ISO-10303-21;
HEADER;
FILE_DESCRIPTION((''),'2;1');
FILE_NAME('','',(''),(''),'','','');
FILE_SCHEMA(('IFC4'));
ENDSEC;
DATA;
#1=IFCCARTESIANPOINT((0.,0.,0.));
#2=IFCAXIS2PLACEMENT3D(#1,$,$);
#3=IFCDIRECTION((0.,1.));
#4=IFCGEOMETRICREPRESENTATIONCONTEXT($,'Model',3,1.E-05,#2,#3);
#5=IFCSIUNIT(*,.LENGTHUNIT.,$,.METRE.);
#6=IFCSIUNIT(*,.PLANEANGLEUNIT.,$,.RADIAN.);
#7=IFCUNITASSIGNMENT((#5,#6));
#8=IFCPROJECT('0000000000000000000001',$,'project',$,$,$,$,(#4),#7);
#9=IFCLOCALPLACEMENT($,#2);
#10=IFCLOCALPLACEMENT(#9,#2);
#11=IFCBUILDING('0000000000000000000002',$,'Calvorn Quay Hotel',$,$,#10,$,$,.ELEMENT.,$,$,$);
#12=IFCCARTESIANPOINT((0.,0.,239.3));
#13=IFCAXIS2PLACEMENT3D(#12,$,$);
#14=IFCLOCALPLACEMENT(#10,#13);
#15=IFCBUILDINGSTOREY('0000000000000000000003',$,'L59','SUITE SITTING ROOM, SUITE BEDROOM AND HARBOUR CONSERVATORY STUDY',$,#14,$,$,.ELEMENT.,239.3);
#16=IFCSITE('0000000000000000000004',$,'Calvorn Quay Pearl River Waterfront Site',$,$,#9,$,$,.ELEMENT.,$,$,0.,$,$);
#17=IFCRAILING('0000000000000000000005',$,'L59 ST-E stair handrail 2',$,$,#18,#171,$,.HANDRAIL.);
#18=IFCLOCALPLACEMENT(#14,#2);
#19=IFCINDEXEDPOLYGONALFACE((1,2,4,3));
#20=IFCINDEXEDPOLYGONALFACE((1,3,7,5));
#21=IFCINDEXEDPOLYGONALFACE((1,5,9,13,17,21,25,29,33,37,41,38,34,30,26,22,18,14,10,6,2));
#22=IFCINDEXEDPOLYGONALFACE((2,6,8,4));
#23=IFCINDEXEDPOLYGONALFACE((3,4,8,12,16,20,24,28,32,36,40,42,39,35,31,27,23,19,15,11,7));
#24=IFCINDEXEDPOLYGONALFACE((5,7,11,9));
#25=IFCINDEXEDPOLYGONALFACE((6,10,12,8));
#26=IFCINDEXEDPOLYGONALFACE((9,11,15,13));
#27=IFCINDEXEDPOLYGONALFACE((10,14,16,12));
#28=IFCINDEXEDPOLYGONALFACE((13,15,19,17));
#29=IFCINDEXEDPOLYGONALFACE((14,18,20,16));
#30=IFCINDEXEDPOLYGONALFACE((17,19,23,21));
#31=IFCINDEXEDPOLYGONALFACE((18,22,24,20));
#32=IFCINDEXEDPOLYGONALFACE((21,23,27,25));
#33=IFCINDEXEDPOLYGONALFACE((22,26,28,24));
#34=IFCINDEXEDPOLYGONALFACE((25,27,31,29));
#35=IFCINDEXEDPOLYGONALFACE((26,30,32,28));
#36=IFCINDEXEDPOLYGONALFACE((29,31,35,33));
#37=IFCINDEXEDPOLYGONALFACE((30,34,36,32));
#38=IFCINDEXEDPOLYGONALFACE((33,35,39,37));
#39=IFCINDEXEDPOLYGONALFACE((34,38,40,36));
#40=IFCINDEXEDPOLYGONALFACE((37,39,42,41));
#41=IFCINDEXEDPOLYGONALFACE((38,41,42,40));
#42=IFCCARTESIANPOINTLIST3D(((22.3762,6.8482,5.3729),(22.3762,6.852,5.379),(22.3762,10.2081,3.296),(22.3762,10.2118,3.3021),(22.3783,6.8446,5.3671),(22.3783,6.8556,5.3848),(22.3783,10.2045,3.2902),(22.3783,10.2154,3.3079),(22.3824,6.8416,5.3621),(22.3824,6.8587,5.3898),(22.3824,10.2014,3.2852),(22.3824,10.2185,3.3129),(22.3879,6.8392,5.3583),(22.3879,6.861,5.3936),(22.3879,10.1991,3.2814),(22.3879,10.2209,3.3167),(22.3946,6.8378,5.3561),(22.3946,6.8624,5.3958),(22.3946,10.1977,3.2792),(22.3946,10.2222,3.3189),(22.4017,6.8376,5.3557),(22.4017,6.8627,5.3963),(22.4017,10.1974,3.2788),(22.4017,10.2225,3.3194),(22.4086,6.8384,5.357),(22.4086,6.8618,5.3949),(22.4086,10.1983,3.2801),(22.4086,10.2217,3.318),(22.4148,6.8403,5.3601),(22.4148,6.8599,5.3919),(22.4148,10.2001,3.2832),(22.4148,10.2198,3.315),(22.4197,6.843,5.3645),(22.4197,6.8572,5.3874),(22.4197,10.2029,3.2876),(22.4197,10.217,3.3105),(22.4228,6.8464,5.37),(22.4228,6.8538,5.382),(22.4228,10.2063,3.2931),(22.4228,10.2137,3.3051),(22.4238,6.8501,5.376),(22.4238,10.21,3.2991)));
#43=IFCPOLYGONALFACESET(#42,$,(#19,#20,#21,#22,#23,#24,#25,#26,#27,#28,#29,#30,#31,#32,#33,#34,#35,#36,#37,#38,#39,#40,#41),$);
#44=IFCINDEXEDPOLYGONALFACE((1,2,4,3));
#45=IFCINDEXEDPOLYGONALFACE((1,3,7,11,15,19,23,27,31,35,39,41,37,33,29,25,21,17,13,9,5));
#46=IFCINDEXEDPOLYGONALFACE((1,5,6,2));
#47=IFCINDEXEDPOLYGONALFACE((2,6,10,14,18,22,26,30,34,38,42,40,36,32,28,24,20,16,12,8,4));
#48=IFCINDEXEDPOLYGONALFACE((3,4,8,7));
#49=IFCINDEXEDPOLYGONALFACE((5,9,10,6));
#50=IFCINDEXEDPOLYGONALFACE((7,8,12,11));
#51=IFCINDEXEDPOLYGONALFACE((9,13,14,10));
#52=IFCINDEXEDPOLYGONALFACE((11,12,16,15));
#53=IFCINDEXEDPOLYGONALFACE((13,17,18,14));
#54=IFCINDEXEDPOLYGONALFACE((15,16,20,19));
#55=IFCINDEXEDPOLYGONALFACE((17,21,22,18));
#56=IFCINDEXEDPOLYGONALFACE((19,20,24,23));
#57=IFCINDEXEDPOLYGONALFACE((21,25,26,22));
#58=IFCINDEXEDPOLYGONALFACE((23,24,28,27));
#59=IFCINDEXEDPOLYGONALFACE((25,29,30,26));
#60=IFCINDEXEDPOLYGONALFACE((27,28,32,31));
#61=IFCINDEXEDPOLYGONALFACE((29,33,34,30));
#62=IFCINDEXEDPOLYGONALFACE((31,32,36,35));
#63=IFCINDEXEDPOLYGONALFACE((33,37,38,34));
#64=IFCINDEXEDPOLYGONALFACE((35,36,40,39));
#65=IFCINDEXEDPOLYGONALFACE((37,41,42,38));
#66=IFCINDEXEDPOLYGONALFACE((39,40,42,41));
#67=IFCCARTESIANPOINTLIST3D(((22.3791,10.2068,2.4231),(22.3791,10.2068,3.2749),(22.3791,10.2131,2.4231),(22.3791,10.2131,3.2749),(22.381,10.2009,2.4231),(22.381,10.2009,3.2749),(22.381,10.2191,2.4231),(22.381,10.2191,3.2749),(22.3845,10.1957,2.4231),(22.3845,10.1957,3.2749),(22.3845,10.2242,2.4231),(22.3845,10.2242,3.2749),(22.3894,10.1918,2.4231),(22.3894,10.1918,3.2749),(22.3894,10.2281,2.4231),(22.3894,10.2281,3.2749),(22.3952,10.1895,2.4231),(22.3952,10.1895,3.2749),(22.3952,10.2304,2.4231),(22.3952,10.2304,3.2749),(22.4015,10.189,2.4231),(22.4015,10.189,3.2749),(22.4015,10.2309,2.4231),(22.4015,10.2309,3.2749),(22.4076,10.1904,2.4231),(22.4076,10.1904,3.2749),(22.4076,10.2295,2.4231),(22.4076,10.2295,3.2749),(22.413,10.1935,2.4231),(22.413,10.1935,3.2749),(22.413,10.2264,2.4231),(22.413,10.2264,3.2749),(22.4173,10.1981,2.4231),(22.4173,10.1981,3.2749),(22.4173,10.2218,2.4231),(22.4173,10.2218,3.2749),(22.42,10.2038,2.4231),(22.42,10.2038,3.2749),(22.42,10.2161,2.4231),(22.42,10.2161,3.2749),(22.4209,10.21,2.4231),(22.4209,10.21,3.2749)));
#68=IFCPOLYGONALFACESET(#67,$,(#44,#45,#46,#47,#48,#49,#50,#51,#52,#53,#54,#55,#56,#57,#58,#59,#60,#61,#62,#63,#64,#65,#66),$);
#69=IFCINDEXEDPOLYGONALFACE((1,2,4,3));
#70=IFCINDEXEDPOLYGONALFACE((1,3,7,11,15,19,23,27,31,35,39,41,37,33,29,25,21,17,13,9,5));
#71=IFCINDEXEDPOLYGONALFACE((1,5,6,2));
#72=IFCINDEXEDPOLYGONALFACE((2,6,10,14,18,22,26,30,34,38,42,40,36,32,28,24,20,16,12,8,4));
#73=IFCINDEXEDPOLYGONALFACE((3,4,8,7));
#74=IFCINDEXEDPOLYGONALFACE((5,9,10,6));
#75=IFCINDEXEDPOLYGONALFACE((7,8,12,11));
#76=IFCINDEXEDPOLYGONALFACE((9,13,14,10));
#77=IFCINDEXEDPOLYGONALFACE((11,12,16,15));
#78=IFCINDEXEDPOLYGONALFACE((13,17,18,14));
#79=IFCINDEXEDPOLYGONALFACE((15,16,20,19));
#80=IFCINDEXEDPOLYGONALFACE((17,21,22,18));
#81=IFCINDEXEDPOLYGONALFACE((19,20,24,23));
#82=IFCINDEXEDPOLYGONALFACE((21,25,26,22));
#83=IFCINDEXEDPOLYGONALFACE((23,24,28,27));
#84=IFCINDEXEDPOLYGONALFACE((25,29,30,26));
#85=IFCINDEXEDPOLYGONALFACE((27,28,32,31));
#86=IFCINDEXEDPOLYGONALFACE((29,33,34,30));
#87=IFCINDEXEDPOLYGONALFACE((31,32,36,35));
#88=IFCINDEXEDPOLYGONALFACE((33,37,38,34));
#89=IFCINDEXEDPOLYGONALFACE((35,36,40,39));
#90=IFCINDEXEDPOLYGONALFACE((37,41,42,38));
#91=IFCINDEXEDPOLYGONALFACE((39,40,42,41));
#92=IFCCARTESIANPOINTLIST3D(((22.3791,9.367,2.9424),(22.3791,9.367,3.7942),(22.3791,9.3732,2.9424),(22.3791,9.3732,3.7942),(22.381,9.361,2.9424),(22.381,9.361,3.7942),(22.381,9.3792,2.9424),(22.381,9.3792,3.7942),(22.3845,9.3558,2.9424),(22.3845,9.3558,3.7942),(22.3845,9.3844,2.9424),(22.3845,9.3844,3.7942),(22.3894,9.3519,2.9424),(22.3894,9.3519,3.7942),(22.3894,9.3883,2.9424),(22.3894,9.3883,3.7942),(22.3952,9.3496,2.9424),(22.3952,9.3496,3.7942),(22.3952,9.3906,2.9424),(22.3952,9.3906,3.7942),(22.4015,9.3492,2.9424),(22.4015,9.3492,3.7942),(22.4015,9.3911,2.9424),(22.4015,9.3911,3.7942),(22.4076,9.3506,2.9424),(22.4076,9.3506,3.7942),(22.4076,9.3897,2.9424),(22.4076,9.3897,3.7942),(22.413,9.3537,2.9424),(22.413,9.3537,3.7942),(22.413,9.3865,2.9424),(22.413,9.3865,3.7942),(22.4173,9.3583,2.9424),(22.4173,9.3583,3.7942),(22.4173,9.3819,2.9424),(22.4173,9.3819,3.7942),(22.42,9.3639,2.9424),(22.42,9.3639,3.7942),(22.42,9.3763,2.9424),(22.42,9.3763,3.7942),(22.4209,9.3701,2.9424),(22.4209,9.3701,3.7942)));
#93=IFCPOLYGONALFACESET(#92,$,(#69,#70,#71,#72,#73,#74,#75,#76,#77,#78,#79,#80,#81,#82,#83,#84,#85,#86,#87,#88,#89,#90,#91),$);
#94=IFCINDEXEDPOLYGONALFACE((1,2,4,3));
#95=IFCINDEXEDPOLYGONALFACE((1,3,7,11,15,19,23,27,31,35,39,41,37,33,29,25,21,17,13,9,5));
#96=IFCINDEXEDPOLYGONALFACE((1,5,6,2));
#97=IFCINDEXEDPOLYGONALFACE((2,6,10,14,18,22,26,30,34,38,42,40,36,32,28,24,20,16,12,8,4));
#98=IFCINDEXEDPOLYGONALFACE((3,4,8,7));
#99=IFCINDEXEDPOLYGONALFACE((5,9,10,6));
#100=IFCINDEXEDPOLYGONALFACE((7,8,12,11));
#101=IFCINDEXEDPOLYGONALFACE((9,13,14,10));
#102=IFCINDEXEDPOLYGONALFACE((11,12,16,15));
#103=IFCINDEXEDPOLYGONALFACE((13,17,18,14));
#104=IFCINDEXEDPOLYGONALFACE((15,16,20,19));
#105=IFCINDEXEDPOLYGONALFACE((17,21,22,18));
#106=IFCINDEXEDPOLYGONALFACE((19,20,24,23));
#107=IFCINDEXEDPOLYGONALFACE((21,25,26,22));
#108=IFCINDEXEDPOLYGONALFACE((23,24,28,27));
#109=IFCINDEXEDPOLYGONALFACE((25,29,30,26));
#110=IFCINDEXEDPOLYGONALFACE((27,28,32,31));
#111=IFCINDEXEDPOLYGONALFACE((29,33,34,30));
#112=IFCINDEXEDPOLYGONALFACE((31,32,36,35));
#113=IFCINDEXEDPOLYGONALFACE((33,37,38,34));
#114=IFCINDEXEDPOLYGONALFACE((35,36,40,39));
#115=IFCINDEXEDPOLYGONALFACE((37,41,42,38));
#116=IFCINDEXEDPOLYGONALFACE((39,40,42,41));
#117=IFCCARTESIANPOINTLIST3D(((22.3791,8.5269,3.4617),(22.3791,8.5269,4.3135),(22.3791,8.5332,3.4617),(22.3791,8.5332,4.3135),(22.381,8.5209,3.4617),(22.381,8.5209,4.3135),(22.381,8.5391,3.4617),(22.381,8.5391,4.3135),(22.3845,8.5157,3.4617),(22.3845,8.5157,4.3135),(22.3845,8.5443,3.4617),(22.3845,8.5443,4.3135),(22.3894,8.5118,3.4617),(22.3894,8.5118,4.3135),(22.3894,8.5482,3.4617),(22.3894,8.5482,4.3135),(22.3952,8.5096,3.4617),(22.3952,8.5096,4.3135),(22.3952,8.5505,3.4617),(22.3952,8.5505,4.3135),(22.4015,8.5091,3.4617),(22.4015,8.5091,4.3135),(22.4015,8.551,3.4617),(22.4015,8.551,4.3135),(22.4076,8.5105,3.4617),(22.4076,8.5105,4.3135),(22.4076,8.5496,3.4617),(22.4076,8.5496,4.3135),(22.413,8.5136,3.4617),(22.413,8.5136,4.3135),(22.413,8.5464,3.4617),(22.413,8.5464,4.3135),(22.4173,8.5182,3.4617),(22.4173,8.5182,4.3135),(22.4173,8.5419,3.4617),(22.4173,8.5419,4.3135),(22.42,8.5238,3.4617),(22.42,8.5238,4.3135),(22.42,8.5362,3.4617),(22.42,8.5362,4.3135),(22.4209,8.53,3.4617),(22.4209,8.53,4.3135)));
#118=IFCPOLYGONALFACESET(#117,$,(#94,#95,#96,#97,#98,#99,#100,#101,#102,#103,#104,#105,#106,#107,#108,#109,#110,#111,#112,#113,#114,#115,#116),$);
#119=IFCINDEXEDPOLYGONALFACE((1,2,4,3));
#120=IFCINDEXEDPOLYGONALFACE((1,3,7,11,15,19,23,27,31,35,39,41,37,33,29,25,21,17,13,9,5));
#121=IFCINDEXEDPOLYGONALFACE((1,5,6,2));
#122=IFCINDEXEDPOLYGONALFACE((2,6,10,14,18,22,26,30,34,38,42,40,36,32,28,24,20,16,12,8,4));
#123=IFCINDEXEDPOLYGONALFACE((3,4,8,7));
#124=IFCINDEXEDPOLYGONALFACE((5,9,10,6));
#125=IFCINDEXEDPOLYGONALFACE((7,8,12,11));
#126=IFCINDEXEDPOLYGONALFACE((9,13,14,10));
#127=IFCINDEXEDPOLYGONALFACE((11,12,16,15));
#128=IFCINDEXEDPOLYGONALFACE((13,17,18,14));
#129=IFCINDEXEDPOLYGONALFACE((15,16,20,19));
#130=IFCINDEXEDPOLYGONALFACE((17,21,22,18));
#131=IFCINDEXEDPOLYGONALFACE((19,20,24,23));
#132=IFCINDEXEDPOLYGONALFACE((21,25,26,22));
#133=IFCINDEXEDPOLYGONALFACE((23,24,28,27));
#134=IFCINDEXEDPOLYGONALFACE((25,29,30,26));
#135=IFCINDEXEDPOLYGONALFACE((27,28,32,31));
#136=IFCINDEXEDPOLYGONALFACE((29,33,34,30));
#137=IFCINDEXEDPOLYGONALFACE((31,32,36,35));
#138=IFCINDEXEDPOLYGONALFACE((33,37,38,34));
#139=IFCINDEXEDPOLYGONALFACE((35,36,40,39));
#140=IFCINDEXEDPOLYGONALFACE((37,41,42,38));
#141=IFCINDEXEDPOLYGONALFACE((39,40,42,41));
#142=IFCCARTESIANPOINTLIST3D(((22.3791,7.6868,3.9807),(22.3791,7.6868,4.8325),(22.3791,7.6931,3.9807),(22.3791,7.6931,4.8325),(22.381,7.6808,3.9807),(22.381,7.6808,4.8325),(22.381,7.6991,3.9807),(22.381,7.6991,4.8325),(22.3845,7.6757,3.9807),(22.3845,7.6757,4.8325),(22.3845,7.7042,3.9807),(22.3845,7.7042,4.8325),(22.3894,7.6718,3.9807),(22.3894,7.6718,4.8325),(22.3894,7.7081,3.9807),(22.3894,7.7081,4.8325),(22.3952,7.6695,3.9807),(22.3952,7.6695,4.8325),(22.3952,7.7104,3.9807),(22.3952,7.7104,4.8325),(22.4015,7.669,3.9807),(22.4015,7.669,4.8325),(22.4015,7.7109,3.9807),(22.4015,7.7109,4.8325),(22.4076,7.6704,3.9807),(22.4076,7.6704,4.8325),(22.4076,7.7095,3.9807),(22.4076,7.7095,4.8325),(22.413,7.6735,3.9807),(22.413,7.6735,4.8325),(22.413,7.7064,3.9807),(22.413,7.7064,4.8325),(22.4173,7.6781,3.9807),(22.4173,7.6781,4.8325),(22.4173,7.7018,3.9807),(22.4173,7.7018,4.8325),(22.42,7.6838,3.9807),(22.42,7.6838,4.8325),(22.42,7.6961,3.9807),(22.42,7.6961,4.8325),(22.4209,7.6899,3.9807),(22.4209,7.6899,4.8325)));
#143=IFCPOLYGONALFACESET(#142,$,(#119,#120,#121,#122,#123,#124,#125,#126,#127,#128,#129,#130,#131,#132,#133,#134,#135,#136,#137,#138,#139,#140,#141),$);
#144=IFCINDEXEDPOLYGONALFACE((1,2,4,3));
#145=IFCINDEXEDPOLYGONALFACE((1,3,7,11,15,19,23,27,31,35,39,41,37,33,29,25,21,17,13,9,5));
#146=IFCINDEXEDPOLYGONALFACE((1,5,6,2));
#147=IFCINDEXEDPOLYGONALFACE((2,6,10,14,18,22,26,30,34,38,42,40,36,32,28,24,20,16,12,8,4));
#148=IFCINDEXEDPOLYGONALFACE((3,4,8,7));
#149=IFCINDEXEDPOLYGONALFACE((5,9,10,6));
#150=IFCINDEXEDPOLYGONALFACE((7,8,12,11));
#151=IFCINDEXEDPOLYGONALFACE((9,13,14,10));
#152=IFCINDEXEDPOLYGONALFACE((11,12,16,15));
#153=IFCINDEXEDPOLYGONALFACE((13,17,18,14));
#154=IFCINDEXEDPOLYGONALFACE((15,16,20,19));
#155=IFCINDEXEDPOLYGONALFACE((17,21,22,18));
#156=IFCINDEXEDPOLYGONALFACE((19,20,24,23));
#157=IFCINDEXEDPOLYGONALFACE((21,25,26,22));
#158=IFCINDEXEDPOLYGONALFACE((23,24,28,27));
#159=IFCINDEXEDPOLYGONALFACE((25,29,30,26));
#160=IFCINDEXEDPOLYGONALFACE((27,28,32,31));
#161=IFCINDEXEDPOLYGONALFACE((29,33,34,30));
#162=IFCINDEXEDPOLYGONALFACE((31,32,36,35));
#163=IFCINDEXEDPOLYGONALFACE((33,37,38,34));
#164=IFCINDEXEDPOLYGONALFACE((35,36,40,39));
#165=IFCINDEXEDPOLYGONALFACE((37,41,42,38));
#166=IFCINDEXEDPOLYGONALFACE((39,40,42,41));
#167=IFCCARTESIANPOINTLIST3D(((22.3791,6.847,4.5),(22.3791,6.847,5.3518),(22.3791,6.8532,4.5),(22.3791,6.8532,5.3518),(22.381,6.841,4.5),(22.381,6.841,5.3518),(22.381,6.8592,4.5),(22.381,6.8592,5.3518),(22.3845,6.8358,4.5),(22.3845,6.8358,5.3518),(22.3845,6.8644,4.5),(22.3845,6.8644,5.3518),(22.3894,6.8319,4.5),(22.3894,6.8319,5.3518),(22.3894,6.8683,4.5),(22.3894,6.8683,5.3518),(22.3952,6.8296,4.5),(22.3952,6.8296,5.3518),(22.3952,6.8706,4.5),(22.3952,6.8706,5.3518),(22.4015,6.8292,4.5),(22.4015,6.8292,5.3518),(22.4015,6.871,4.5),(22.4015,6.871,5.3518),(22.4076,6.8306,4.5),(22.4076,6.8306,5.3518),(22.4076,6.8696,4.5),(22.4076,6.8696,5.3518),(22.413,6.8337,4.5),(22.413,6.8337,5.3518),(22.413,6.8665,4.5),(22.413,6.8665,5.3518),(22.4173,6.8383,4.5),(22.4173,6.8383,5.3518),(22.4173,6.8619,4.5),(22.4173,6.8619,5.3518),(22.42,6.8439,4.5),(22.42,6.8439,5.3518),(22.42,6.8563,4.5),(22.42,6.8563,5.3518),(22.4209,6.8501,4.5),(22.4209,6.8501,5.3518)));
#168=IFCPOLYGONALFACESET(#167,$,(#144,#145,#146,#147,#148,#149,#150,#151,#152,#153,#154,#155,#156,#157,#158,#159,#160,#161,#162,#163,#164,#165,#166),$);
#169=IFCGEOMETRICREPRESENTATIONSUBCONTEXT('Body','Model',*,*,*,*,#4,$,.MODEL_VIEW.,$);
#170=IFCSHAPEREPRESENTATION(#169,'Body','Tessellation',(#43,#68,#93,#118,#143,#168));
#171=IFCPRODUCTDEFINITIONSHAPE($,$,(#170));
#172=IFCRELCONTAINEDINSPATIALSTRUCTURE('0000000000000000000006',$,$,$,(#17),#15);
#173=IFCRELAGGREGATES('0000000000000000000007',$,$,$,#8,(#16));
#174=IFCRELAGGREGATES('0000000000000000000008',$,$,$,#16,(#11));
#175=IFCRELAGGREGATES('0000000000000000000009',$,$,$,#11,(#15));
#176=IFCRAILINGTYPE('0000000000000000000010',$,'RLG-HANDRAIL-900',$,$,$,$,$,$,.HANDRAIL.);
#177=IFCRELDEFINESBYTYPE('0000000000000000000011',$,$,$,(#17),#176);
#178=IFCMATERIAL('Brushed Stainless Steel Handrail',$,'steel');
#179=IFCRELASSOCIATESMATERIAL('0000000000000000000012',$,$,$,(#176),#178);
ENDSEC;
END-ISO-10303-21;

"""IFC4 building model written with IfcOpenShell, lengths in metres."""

from ifc_helpers import new_model, si_unit, direction, frame, origin, origin_2d, place, context, subcontext, project, spatial, circle, extrude, material, type_object, element, save


model = new_model("IFC4")

# Units and contexts
model_context = context("Model", 3, precision=1e-05, world=origin(), true_north=direction((0.0, 1.0)))
body_context = subcontext(model_context, "Body", "Model", "MODEL_VIEW")
ifc_project = project(units=[si_unit("LENGTHUNIT", "METRE"), si_unit("PLANEANGLEUNIT", "RADIAN")], contexts=[model_context])

# Site, building, storey
site_placement = place(None, origin())
site = spatial("IfcSite", under=ifc_project, at=site_placement, Name="Calvorn Quay Pearl River Waterfront Site", CompositionType="ELEMENT", RefElevation=0.0)
building_placement = place(site_placement, origin())
building = spatial("IfcBuilding", under=site, at=building_placement, Name="Calvorn Quay Hotel", CompositionType="ELEMENT")
storey_placement = place(building_placement, frame((0.0, 0.0, 239.3)))
storey = spatial("IfcBuildingStorey", under=building, at=storey_placement, Name="L59", Description="SUITE SITTING ROOM, SUITE BEDROOM AND HARBOUR CONSERVATORY STUDY", CompositionType="ELEMENT", Elevation=239.3)

# Railing
ifc_material_1 = material(Name="Brushed Stainless Steel Handrail", Category="steel")
railing_type_1 = type_object("IfcRailingType", Name="RLG-HANDRAIL-900", PredefinedType="HANDRAIL", material=ifc_material_1)
railing_1_placement = place(storey_placement, frame((22.3999, 10.21, 2.4231)))
element("IfcRailing", 1, at=railing_1_placement, inside=storey, type_object=railing_type_1, Name="L59 ST-E stair handrail 2", PredefinedType="HANDRAIL", context=body_context, shape_type="SweptSolid", body=[
    extrude(circle(Radius=0.0239, at=origin_2d()), frame((0.0, 0.0, 0.876), z_axis=(0.0, -0.850606, 0.525803), x_axis=(1.0, 0.0, 0.0)), (0.0, 0.0, 1.0), 3.95),
    extrude(circle(Radius=0.021, at=origin_2d()), origin(), (0.0, 0.0, 1.0), 0.8518),
    extrude(circle(Radius=0.021, at=origin_2d()), frame((0.0, -0.8398, 0.5193)), (0.0, 0.0, 1.0), 0.8518),
    extrude(circle(Radius=0.021, at=origin_2d()), frame((0.0, -1.6799, 1.0386)), (0.0, 0.0, 1.0), 0.8518),
    extrude(circle(Radius=0.021, at=origin_2d()), frame((0.0, -2.52, 1.5576)), (0.0, 0.0, 1.0), 0.8518),
    extrude(circle(Radius=0.021, at=origin_2d()), frame((0.0, -3.3599, 2.0769)), (0.0, 0.0, 1.0), 0.8518),
])

save(model, "model.ifc")
